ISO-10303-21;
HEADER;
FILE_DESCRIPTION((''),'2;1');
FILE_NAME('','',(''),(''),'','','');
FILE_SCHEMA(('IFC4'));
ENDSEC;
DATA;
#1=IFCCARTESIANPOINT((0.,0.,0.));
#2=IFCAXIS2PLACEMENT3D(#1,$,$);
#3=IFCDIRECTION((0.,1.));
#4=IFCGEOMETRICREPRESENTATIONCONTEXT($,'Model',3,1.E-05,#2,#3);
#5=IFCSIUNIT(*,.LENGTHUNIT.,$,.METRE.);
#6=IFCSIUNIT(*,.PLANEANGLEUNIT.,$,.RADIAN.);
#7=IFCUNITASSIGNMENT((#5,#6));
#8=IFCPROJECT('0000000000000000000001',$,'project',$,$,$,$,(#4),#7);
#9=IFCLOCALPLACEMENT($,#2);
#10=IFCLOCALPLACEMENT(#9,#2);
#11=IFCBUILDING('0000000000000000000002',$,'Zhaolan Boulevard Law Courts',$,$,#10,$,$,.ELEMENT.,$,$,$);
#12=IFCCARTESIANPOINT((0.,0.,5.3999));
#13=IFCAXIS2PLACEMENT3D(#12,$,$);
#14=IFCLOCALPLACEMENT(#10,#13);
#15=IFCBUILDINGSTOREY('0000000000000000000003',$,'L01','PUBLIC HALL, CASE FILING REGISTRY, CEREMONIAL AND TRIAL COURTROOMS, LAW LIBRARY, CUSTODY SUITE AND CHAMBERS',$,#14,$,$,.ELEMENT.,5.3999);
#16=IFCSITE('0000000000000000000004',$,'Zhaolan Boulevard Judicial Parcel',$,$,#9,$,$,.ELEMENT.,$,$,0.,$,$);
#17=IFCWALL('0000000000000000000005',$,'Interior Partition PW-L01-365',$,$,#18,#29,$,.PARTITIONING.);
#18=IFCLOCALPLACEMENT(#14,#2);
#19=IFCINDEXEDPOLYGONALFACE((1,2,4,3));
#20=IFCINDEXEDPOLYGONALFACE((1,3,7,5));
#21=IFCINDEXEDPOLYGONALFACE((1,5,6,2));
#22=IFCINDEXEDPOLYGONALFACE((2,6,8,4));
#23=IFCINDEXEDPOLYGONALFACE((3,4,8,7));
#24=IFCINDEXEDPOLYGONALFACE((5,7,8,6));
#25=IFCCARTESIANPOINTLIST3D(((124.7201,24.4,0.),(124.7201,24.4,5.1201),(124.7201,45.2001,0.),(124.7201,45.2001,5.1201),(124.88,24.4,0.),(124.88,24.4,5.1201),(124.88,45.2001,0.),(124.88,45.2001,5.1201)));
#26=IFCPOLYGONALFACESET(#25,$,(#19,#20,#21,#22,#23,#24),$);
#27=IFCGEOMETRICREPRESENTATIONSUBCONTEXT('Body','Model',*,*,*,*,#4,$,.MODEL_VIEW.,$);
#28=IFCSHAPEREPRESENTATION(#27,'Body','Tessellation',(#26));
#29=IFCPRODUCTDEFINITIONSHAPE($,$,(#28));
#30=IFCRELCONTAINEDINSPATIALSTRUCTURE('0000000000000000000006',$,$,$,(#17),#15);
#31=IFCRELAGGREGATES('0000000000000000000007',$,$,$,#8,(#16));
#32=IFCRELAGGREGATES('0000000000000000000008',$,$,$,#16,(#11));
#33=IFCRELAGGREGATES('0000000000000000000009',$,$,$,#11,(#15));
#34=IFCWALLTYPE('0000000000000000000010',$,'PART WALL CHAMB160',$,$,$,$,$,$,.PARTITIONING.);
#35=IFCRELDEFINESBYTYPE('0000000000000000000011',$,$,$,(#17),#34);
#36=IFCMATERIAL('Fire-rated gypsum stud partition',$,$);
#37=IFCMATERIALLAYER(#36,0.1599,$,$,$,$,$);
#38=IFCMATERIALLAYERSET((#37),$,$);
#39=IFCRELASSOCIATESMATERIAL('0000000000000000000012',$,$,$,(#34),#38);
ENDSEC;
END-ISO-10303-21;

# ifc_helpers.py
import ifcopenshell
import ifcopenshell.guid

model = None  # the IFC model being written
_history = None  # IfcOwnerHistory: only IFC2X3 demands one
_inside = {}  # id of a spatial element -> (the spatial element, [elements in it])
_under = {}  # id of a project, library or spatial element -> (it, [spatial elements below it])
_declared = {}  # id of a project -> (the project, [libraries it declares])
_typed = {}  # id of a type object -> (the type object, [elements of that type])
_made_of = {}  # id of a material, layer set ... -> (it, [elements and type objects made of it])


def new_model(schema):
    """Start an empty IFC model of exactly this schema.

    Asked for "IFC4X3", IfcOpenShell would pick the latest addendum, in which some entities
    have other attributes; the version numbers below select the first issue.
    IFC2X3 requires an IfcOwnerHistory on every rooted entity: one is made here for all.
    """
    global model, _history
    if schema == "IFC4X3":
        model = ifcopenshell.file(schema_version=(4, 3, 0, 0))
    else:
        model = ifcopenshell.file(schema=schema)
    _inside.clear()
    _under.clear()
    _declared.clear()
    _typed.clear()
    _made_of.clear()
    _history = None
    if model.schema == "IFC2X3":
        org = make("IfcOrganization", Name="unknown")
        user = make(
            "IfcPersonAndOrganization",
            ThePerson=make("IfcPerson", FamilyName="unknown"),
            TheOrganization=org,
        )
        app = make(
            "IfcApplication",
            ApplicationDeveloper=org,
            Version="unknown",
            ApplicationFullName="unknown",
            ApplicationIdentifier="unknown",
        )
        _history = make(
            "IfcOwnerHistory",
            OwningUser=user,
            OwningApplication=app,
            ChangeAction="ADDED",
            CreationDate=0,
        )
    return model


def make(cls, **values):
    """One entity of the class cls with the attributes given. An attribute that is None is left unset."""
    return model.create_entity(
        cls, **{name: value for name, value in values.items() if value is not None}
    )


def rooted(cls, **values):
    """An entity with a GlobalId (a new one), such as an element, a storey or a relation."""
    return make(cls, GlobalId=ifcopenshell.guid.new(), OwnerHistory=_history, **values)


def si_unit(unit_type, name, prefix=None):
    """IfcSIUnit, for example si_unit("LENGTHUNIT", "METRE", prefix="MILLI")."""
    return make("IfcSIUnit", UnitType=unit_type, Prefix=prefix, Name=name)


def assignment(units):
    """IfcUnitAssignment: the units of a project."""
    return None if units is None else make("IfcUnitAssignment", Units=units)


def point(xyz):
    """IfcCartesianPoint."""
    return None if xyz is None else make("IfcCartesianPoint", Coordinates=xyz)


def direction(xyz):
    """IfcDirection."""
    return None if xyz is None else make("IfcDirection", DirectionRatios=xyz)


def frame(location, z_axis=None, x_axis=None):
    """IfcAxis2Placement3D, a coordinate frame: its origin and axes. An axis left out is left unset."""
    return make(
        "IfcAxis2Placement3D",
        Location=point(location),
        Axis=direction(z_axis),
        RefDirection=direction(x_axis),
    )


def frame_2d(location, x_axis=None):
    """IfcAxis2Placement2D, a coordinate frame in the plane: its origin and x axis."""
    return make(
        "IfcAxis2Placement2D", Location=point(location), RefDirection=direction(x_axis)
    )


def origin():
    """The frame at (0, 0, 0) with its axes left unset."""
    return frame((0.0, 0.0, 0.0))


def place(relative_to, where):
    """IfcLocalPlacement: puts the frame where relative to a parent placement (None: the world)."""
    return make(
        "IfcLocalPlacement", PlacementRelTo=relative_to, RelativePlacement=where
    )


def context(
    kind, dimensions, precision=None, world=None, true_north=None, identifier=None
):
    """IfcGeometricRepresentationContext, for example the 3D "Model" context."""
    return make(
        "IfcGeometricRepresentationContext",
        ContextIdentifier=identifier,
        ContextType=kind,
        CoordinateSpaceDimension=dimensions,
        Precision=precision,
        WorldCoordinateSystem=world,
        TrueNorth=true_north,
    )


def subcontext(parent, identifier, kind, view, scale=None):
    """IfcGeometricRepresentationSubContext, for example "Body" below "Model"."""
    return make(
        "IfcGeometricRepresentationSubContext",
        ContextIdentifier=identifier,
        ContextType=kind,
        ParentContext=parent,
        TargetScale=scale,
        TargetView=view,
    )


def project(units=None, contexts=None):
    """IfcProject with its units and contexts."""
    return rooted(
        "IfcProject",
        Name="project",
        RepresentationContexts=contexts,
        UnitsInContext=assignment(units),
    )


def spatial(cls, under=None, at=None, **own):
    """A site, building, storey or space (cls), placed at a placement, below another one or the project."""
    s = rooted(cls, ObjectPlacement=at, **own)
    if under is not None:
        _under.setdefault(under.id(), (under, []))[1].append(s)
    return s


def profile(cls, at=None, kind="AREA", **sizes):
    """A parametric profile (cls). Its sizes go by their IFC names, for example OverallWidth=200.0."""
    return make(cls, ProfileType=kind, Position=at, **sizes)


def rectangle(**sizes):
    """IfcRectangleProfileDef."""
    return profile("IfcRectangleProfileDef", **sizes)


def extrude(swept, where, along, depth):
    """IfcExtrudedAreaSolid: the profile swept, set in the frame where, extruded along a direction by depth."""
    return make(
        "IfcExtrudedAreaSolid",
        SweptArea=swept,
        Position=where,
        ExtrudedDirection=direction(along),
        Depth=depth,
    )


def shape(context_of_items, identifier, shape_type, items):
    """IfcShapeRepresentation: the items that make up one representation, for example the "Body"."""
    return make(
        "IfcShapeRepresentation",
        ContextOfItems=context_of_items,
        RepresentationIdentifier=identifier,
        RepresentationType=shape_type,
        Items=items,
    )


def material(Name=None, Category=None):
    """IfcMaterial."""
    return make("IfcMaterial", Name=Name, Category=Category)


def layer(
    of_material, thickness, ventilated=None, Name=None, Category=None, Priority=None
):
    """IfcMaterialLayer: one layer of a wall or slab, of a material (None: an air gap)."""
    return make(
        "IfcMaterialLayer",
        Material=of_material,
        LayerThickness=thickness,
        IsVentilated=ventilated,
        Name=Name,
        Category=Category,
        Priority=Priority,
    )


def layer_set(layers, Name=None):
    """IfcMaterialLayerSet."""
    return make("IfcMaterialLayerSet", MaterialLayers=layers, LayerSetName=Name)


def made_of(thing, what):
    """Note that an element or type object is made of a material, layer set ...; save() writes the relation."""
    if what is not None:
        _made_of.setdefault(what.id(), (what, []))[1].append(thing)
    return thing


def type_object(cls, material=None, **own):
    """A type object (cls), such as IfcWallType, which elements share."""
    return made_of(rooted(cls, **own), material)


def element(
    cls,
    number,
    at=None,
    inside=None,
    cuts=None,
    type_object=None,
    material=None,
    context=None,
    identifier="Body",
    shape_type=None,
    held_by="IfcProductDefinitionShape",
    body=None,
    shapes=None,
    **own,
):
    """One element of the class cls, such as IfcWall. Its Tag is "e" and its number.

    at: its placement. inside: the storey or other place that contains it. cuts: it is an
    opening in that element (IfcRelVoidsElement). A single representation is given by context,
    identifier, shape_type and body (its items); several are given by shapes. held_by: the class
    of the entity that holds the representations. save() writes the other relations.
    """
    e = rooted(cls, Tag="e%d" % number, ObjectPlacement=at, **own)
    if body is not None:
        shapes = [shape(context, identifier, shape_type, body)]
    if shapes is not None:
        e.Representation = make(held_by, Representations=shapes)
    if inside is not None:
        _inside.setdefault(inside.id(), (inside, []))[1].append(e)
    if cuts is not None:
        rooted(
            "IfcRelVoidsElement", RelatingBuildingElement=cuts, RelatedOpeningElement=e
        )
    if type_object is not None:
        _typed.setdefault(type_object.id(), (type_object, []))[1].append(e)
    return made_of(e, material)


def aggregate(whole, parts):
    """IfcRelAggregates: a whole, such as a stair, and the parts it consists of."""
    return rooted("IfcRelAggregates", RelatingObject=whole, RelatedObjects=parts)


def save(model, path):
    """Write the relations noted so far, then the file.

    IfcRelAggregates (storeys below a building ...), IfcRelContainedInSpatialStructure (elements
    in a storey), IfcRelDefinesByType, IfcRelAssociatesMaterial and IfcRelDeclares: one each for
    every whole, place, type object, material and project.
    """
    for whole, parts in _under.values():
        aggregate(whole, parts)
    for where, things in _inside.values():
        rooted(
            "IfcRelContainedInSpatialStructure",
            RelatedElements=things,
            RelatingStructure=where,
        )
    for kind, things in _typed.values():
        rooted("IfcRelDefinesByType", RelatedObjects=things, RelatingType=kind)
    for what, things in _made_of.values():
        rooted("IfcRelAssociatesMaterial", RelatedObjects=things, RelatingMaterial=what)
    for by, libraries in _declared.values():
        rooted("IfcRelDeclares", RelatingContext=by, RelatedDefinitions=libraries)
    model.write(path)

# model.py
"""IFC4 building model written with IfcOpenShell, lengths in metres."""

from ifc_helpers import new_model, si_unit, direction, frame, frame_2d, origin, place, context, subcontext, project, spatial, rectangle, extrude, material, layer, layer_set, type_object, element, save


model = new_model("IFC4")

# Units and contexts
model_context = context("Model", 3, precision=1e-05, world=origin(), true_north=direction((0.0, 1.0)))
body_context = subcontext(model_context, "Body", "Model", "MODEL_VIEW")
ifc_project = project(units=[si_unit("LENGTHUNIT", "METRE"), si_unit("PLANEANGLEUNIT", "RADIAN")], contexts=[model_context])

# Site, building, storey
site_placement = place(None, origin())
site = spatial("IfcSite", under=ifc_project, at=site_placement, Name="Zhaolan Boulevard Judicial Parcel", CompositionType="ELEMENT", RefElevation=0.0)
building_placement = place(site_placement, origin())
building = spatial("IfcBuilding", under=site, at=building_placement, Name="Zhaolan Boulevard Law Courts", CompositionType="ELEMENT")
storey_placement = place(building_placement, frame((0.0, 0.0, 5.3999)))
storey = spatial("IfcBuildingStorey", under=building, at=storey_placement, Name="L01", Description="PUBLIC HALL, CASE FILING REGISTRY, CEREMONIAL AND TRIAL COURTROOMS, LAW LIBRARY, CUSTODY SUITE AND CHAMBERS", CompositionType="ELEMENT", Elevation=5.3999)

# Wall
ifc_material_1 = material(Name="Fire-rated gypsum stud partition")
ifc_layer_1 = layer(ifc_material_1, 0.1599)
ifc_layer_set_1 = layer_set([ifc_layer_1])
wall_type_1 = type_object("IfcWallType", Name="PART WALL CHAMB160", PredefinedType="PARTITIONING", material=ifc_layer_set_1)
wall_1_placement = place(storey_placement, frame((124.8, 45.2, 0.0), z_axis=(0.0, 0.0, 1.0), x_axis=(0.0, -1.0, 0.0)))
element("IfcWall", 1, at=wall_1_placement, inside=storey, type_object=wall_type_1, Name="Interior Partition PW-L01-365", PredefinedType="PARTITIONING", context=body_context, shape_type="SweptSolid", body=[
    extrude(rectangle(XDim=20.8, YDim=0.1599, at=frame_2d((10.3999, 0.0))), origin(), (0.0, 0.0, 1.0), 5.1201),
])

save(model, "model.ifc")
